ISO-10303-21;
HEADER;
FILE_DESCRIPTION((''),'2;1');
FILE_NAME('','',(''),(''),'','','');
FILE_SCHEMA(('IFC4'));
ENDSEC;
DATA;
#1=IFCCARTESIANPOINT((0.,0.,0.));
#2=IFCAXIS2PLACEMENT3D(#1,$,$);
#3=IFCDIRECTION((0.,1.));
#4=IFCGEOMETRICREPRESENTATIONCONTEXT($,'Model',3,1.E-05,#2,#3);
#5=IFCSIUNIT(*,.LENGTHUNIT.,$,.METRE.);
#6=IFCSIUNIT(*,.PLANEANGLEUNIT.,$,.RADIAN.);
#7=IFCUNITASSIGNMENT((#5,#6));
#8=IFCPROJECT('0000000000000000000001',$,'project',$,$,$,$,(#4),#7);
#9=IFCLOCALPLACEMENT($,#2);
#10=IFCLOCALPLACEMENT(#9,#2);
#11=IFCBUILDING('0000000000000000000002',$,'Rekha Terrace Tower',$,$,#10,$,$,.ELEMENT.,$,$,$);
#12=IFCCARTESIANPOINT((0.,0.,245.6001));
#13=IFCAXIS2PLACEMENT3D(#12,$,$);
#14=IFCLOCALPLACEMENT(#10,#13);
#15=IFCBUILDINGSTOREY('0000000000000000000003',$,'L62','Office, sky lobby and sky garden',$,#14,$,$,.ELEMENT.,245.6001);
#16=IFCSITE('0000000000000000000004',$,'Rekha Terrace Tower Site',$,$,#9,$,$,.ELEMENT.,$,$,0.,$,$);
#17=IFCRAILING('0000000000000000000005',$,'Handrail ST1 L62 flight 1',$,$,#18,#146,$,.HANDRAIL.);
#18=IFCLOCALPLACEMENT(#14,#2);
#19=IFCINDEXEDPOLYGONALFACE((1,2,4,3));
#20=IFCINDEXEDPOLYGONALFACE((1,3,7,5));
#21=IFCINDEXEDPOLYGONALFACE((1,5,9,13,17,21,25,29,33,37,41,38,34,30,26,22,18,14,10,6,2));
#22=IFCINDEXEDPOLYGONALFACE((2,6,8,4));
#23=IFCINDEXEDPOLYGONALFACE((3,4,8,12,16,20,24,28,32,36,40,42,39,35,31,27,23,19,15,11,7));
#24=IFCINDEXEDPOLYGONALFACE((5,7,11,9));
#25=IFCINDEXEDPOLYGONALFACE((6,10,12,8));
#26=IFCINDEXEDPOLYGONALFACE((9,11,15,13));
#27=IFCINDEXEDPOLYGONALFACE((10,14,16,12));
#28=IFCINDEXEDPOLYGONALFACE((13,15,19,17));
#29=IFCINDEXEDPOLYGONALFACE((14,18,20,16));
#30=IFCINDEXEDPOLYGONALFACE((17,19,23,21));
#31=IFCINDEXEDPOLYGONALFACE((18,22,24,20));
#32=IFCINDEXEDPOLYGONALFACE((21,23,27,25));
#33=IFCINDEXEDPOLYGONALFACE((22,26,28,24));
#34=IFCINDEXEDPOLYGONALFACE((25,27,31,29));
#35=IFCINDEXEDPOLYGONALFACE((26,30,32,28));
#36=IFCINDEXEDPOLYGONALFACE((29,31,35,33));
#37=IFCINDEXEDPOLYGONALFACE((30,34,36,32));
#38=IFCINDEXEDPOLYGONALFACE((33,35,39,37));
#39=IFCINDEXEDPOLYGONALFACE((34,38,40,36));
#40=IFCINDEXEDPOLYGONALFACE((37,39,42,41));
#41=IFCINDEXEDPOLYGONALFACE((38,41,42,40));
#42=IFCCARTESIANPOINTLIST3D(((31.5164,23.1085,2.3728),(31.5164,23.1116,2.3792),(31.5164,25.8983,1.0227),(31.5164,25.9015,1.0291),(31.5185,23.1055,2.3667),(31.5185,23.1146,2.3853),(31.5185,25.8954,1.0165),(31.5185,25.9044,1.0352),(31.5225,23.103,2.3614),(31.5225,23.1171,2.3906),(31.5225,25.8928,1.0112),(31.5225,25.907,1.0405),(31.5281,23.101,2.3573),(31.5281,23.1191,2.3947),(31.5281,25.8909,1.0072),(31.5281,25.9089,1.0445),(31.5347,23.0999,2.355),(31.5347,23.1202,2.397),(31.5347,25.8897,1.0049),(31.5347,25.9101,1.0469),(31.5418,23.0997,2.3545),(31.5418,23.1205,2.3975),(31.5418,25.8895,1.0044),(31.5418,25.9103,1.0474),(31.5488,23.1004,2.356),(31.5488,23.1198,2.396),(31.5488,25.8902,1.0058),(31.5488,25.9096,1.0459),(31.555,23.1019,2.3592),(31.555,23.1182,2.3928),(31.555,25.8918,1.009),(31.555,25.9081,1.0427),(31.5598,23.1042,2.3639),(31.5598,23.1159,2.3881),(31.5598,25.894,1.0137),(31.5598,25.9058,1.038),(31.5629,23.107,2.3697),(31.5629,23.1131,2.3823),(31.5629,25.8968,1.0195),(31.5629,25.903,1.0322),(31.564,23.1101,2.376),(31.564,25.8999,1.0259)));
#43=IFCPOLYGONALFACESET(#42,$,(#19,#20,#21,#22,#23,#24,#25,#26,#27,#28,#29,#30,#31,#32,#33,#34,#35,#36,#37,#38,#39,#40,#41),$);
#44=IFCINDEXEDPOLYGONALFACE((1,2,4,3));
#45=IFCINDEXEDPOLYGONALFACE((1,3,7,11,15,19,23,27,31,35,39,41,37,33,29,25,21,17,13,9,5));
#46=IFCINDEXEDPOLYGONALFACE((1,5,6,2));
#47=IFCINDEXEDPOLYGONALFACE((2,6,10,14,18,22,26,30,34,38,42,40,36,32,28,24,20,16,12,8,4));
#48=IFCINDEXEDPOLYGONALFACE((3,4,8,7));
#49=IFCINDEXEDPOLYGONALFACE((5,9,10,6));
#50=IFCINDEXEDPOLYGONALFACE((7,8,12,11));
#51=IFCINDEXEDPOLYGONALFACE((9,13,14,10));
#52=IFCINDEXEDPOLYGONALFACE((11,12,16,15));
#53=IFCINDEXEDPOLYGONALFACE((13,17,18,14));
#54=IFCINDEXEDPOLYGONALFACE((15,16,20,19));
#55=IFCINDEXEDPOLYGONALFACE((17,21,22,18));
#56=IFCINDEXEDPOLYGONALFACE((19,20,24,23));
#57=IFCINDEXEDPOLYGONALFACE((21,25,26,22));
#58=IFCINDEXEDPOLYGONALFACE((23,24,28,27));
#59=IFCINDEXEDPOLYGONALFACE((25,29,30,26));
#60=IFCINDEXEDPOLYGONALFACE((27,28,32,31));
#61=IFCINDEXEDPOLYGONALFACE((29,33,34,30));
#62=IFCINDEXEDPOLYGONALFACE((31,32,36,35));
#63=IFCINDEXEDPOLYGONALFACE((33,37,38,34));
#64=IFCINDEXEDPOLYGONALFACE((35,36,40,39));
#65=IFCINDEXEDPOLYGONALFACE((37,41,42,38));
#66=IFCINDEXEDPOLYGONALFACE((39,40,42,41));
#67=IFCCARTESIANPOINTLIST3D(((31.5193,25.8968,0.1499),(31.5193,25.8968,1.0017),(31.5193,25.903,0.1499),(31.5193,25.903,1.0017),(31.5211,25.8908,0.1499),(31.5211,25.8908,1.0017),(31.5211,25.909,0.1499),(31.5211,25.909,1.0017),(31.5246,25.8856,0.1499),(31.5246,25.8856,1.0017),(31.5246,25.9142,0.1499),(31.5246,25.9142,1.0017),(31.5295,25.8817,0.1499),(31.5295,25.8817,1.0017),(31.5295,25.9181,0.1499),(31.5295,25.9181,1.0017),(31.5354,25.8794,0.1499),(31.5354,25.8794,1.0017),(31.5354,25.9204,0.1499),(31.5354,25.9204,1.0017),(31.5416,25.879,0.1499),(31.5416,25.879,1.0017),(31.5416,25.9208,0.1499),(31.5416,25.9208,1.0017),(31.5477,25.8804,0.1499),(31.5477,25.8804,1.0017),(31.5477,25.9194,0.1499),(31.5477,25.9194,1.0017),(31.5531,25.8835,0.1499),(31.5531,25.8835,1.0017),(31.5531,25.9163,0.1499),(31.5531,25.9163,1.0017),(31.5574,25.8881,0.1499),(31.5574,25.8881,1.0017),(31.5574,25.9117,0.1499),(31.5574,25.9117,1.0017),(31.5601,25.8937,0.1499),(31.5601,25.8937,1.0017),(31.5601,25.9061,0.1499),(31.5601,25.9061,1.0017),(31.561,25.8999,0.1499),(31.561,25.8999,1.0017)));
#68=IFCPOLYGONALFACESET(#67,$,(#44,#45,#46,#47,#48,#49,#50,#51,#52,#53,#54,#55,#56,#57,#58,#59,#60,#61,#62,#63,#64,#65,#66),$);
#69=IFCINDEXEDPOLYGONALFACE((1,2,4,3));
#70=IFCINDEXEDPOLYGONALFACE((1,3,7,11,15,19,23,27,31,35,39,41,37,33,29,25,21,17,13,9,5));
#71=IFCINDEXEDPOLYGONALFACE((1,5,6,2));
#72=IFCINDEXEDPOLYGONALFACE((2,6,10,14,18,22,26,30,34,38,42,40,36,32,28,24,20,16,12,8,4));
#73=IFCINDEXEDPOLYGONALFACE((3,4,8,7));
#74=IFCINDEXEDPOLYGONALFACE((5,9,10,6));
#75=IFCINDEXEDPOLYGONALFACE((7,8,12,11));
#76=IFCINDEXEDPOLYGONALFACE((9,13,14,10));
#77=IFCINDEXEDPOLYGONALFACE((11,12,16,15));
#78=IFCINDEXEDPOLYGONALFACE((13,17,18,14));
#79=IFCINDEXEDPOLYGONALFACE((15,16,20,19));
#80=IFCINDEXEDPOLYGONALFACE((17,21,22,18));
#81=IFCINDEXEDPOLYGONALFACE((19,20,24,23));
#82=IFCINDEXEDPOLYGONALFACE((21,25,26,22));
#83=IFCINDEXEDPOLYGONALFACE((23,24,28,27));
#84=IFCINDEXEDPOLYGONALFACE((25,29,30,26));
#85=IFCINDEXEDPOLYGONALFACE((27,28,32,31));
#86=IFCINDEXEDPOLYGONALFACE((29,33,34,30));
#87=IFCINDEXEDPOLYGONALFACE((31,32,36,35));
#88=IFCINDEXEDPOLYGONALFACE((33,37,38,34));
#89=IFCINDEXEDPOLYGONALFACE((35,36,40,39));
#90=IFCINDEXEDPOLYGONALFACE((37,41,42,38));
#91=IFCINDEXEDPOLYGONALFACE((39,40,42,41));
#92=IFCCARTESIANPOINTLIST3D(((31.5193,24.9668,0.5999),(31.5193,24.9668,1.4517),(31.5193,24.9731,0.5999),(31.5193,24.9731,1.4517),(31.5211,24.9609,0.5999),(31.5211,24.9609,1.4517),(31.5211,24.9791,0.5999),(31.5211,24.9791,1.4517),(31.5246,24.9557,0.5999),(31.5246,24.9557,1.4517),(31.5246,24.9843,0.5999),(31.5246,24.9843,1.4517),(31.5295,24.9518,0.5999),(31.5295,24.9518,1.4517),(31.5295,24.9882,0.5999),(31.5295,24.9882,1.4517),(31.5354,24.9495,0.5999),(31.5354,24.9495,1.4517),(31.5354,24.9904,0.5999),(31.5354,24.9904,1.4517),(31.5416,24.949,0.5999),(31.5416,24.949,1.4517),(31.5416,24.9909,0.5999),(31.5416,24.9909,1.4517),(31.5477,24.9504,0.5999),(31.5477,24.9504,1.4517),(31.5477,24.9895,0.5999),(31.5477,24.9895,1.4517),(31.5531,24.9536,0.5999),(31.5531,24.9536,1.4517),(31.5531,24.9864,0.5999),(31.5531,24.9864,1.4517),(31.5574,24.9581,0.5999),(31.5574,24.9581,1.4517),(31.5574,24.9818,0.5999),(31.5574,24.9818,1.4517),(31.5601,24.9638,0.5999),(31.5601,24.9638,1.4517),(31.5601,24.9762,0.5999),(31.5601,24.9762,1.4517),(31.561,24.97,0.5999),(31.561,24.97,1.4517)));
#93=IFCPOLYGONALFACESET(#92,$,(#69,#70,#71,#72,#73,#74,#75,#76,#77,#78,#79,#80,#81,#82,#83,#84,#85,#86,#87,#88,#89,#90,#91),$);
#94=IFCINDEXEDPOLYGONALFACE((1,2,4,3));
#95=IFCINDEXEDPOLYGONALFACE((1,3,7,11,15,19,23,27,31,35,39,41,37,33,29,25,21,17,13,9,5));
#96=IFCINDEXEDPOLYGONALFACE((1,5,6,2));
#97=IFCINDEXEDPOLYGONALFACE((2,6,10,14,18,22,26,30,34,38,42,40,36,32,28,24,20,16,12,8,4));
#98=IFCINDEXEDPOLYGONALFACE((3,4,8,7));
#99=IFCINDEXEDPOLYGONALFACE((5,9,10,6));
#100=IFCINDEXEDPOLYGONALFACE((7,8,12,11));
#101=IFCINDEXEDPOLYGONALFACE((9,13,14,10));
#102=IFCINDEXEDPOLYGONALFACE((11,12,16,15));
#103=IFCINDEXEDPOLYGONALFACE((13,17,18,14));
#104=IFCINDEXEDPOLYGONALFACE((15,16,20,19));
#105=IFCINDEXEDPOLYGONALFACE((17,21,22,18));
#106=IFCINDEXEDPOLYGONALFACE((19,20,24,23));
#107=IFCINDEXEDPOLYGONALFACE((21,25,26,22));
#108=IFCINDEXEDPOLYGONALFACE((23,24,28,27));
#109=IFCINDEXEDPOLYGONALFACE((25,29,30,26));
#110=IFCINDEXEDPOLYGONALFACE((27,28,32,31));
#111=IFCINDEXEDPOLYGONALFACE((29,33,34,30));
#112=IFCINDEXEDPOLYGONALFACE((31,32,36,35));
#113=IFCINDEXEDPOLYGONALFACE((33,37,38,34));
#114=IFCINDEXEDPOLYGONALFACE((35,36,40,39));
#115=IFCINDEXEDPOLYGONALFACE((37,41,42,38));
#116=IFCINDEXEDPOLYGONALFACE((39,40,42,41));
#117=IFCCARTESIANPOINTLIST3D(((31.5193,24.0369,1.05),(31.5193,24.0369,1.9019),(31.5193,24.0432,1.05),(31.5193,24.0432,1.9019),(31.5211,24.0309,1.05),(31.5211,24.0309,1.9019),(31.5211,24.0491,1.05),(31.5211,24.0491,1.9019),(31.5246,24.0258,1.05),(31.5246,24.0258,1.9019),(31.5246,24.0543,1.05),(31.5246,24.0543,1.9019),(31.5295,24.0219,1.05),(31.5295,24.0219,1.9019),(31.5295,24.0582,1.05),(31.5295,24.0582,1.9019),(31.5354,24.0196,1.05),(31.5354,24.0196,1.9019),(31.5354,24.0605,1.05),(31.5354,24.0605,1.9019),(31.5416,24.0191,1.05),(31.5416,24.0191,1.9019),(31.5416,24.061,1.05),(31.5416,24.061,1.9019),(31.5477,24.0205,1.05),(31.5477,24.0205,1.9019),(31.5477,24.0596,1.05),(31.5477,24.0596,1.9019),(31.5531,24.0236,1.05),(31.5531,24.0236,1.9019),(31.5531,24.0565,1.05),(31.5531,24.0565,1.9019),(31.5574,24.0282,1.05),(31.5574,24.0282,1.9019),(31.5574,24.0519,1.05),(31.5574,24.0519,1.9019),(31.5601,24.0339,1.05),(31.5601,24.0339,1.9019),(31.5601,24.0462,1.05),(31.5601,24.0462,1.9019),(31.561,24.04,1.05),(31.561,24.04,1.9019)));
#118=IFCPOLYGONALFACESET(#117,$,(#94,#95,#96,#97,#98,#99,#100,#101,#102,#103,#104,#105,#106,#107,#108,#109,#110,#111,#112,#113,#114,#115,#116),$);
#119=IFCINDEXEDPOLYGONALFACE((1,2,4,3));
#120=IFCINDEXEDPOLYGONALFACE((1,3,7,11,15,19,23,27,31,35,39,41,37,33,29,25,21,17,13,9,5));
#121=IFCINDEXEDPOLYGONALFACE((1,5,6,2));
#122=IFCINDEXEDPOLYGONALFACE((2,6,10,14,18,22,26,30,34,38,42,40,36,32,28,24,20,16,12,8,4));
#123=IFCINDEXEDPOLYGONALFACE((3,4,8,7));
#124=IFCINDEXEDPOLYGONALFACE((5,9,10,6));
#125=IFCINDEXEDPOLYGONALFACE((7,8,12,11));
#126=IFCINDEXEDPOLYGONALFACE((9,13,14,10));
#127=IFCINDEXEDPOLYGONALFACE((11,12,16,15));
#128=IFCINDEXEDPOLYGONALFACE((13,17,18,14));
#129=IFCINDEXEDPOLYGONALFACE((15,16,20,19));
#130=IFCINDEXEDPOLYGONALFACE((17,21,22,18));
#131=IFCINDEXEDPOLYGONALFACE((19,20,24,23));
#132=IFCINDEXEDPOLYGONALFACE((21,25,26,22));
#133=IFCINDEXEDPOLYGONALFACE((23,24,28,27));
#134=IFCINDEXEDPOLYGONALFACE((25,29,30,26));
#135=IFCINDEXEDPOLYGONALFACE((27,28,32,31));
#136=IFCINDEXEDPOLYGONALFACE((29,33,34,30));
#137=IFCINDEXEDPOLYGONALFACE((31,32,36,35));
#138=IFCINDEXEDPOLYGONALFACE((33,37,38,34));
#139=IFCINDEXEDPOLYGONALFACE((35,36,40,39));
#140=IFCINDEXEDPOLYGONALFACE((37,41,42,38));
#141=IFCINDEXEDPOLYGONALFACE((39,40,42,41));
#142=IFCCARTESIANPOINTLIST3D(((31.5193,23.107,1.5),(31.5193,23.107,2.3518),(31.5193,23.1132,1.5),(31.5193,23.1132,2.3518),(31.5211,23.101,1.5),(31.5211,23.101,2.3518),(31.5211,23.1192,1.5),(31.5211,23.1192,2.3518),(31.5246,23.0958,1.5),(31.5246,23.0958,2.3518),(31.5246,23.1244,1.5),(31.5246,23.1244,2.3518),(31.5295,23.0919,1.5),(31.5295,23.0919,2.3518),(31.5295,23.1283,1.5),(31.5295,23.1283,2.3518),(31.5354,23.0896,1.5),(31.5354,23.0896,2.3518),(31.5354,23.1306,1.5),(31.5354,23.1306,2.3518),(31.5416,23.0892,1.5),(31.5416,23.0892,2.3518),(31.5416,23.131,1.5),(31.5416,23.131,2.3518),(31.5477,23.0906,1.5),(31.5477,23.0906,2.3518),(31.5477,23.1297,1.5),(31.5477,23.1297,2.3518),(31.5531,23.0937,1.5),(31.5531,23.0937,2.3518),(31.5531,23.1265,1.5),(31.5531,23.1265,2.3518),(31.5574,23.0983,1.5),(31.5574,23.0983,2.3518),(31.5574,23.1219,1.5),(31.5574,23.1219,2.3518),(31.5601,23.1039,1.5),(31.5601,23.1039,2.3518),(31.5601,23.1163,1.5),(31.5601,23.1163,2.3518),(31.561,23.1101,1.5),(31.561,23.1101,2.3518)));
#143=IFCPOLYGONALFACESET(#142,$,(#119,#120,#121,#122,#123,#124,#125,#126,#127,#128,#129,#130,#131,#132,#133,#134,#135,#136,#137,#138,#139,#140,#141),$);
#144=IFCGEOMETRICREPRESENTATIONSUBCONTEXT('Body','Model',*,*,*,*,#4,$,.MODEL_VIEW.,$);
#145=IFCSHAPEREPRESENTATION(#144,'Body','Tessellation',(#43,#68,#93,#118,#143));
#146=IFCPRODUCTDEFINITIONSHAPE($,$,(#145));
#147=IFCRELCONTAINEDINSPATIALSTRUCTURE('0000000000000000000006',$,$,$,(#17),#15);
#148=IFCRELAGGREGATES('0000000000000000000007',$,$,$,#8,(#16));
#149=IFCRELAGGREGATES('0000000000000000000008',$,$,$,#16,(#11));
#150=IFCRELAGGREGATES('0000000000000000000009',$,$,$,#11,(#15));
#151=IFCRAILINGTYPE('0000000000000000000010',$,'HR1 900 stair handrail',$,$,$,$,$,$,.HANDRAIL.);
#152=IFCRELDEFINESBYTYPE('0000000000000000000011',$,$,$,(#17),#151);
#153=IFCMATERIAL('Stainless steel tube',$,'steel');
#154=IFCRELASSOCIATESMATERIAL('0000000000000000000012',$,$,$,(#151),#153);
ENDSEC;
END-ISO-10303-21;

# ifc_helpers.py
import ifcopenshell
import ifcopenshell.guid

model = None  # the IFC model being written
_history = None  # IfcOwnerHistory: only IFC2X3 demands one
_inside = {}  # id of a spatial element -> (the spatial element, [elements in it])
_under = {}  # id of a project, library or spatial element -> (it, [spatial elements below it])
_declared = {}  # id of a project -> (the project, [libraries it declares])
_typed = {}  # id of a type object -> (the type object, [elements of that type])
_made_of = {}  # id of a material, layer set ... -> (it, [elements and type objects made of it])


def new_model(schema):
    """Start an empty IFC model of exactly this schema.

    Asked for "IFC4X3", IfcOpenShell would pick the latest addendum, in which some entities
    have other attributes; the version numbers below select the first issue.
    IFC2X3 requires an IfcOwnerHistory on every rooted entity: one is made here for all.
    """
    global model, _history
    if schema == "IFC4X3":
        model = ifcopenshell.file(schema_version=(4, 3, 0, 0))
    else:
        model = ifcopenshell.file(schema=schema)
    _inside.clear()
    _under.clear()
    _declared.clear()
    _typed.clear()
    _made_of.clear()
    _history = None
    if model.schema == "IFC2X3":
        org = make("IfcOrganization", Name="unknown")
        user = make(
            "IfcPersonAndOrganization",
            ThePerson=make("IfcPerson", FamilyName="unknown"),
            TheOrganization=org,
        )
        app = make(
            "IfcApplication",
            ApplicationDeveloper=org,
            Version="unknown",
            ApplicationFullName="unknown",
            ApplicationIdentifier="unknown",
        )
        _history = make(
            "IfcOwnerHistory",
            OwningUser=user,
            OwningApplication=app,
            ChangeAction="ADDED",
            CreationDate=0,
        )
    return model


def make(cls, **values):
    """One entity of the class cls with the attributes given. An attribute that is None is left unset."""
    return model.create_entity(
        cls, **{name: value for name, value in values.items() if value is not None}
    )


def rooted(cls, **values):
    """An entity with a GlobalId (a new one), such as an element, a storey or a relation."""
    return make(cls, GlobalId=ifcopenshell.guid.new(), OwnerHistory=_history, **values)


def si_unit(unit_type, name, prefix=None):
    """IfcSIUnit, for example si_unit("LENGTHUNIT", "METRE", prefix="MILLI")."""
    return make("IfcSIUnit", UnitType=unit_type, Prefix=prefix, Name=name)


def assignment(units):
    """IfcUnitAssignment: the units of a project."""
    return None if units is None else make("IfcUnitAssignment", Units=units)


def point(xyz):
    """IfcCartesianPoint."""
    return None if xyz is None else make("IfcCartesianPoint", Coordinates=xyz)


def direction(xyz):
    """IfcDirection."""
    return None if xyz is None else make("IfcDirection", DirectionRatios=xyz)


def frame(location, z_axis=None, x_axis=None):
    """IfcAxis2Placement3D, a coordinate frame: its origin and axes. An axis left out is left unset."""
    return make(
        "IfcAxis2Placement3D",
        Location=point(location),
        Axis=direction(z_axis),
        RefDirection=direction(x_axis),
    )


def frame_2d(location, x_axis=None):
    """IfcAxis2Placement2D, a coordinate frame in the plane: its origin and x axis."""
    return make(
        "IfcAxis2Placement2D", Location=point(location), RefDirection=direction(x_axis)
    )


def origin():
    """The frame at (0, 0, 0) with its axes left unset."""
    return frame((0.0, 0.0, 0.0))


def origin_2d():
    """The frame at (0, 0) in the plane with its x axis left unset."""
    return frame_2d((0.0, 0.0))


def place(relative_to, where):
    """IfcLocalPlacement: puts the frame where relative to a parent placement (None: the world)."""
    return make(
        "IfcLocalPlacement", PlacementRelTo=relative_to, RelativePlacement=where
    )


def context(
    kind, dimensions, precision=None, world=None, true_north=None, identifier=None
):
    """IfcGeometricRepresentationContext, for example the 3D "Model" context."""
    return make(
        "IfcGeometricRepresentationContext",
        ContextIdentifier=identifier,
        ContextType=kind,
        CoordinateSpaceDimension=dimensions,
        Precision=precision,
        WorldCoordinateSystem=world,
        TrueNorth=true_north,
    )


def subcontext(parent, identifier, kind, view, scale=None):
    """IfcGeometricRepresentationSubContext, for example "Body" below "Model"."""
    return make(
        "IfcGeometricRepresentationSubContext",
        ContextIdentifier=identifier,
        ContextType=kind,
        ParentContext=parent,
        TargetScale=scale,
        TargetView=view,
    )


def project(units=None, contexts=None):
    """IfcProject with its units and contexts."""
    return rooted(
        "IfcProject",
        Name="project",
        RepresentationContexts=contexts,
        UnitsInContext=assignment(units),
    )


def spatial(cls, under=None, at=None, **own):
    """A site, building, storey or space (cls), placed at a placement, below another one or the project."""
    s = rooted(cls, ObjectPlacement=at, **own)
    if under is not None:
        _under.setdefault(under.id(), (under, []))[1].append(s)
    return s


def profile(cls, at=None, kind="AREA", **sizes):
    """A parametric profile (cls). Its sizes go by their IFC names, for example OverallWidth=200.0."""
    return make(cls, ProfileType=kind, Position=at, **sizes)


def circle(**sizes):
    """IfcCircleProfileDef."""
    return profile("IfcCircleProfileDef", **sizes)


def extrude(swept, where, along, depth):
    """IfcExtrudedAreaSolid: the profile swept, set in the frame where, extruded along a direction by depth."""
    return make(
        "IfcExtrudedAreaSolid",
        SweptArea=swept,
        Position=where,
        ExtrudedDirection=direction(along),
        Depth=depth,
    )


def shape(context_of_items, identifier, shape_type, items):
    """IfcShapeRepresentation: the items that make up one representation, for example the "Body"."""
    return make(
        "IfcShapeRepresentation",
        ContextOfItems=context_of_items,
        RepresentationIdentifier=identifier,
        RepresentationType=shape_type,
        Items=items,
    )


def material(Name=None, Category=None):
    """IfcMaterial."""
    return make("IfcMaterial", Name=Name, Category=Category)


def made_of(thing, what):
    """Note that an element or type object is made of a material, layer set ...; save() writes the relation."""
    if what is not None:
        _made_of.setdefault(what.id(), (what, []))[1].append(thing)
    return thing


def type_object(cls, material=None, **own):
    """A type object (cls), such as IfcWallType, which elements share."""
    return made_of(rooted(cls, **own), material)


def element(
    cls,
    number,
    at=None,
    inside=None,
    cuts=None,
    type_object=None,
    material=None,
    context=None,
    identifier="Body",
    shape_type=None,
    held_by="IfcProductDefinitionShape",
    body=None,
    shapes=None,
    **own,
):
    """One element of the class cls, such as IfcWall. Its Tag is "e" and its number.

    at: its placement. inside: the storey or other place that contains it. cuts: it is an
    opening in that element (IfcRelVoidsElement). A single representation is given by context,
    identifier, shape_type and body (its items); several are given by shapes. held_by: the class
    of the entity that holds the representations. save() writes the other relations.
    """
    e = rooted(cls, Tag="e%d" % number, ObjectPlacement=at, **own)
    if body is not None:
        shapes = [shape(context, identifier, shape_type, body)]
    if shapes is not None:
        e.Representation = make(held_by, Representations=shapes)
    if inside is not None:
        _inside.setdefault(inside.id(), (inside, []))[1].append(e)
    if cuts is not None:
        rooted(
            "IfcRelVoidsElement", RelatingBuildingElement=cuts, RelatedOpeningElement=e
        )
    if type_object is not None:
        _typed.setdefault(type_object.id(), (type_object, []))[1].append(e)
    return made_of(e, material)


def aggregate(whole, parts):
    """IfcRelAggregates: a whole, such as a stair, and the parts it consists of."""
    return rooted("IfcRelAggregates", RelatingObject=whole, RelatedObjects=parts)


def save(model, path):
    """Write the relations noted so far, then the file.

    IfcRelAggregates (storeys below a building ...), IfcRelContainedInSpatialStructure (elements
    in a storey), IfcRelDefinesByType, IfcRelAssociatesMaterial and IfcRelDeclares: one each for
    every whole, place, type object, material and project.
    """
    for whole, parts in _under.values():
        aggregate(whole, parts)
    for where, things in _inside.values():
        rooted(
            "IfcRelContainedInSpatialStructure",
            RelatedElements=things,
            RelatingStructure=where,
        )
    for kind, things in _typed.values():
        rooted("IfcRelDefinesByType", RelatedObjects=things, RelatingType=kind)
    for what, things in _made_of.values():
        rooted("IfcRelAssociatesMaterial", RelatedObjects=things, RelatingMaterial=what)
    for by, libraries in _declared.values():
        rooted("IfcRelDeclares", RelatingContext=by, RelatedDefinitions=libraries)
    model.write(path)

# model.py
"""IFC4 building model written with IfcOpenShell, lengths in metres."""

from ifc_helpers import new_model, si_unit, direction, frame, origin, origin_2d, place, context, subcontext, project, spatial, circle, extrude, material, type_object, element, save


model = new_model("IFC4")

# Units and contexts
model_context = context("Model", 3, precision=1e-05, world=origin(), true_north=direction((0.0, 1.0)))
body_context = subcontext(model_context, "Body", "Model", "MODEL_VIEW")
ifc_project = project(units=[si_unit("LENGTHUNIT", "METRE"), si_unit("PLANEANGLEUNIT", "RADIAN")], contexts=[model_context])

# Site, building, storey
site_placement = place(None, origin())
site = spatial("IfcSite", under=ifc_project, at=site_placement, Name="Rekha Terrace Tower Site", CompositionType="ELEMENT", RefElevation=0.0)
building_placement = place(site_placement, origin())
building = spatial("IfcBuilding", under=site, at=building_placement, Name="Rekha Terrace Tower", CompositionType="ELEMENT")
storey_placement = place(building_placement, frame((0.0, 0.0, 245.6001)))
storey = spatial("IfcBuildingStorey", under=building, at=storey_placement, Name="L62", Description="Office, sky lobby and sky garden", CompositionType="ELEMENT", Elevation=245.6001)

# Railing
ifc_material_1 = material(Name="Stainless steel tube", Category="steel")
railing_type_1 = type_object("IfcRailingType", Name="HR1 900 stair handrail", PredefinedType="HANDRAIL", material=ifc_material_1)
railing_1_placement = place(storey_placement, frame((31.54, 25.8999, 0.1499)))
element("IfcRailing", 1, at=railing_1_placement, inside=storey, type_object=railing_type_1, Name="Handrail ST1 L62 flight 1", PredefinedType="HANDRAIL", context=body_context, shape_type="SweptSolid", body=[
    extrude(circle(Radius=0.0239, at=origin_2d()), frame((0.0, 0.0, 0.876), z_axis=(0.0, -0.900134, 0.435612), x_axis=(1.0, 0.0, 0.0)), (0.0, 0.0, 1.0), 3.0994),
    extrude(circle(Radius=0.021, at=origin_2d()), origin(), (0.0, 0.0, 1.0), 0.8518),
    extrude(circle(Radius=0.021, at=origin_2d()), frame((0.0, -0.9299, 0.45)), (0.0, 0.0, 1.0), 0.8518),
    extrude(circle(Radius=0.021, at=origin_2d()), frame((0.0, -1.8599, 0.9001)), (0.0, 0.0, 1.0), 0.8518),
    extrude(circle(Radius=0.021, at=origin_2d()), frame((0.0, -2.7898, 1.3501)), (0.0, 0.0, 1.0), 0.8518),
])

save(model, "model.ifc")
